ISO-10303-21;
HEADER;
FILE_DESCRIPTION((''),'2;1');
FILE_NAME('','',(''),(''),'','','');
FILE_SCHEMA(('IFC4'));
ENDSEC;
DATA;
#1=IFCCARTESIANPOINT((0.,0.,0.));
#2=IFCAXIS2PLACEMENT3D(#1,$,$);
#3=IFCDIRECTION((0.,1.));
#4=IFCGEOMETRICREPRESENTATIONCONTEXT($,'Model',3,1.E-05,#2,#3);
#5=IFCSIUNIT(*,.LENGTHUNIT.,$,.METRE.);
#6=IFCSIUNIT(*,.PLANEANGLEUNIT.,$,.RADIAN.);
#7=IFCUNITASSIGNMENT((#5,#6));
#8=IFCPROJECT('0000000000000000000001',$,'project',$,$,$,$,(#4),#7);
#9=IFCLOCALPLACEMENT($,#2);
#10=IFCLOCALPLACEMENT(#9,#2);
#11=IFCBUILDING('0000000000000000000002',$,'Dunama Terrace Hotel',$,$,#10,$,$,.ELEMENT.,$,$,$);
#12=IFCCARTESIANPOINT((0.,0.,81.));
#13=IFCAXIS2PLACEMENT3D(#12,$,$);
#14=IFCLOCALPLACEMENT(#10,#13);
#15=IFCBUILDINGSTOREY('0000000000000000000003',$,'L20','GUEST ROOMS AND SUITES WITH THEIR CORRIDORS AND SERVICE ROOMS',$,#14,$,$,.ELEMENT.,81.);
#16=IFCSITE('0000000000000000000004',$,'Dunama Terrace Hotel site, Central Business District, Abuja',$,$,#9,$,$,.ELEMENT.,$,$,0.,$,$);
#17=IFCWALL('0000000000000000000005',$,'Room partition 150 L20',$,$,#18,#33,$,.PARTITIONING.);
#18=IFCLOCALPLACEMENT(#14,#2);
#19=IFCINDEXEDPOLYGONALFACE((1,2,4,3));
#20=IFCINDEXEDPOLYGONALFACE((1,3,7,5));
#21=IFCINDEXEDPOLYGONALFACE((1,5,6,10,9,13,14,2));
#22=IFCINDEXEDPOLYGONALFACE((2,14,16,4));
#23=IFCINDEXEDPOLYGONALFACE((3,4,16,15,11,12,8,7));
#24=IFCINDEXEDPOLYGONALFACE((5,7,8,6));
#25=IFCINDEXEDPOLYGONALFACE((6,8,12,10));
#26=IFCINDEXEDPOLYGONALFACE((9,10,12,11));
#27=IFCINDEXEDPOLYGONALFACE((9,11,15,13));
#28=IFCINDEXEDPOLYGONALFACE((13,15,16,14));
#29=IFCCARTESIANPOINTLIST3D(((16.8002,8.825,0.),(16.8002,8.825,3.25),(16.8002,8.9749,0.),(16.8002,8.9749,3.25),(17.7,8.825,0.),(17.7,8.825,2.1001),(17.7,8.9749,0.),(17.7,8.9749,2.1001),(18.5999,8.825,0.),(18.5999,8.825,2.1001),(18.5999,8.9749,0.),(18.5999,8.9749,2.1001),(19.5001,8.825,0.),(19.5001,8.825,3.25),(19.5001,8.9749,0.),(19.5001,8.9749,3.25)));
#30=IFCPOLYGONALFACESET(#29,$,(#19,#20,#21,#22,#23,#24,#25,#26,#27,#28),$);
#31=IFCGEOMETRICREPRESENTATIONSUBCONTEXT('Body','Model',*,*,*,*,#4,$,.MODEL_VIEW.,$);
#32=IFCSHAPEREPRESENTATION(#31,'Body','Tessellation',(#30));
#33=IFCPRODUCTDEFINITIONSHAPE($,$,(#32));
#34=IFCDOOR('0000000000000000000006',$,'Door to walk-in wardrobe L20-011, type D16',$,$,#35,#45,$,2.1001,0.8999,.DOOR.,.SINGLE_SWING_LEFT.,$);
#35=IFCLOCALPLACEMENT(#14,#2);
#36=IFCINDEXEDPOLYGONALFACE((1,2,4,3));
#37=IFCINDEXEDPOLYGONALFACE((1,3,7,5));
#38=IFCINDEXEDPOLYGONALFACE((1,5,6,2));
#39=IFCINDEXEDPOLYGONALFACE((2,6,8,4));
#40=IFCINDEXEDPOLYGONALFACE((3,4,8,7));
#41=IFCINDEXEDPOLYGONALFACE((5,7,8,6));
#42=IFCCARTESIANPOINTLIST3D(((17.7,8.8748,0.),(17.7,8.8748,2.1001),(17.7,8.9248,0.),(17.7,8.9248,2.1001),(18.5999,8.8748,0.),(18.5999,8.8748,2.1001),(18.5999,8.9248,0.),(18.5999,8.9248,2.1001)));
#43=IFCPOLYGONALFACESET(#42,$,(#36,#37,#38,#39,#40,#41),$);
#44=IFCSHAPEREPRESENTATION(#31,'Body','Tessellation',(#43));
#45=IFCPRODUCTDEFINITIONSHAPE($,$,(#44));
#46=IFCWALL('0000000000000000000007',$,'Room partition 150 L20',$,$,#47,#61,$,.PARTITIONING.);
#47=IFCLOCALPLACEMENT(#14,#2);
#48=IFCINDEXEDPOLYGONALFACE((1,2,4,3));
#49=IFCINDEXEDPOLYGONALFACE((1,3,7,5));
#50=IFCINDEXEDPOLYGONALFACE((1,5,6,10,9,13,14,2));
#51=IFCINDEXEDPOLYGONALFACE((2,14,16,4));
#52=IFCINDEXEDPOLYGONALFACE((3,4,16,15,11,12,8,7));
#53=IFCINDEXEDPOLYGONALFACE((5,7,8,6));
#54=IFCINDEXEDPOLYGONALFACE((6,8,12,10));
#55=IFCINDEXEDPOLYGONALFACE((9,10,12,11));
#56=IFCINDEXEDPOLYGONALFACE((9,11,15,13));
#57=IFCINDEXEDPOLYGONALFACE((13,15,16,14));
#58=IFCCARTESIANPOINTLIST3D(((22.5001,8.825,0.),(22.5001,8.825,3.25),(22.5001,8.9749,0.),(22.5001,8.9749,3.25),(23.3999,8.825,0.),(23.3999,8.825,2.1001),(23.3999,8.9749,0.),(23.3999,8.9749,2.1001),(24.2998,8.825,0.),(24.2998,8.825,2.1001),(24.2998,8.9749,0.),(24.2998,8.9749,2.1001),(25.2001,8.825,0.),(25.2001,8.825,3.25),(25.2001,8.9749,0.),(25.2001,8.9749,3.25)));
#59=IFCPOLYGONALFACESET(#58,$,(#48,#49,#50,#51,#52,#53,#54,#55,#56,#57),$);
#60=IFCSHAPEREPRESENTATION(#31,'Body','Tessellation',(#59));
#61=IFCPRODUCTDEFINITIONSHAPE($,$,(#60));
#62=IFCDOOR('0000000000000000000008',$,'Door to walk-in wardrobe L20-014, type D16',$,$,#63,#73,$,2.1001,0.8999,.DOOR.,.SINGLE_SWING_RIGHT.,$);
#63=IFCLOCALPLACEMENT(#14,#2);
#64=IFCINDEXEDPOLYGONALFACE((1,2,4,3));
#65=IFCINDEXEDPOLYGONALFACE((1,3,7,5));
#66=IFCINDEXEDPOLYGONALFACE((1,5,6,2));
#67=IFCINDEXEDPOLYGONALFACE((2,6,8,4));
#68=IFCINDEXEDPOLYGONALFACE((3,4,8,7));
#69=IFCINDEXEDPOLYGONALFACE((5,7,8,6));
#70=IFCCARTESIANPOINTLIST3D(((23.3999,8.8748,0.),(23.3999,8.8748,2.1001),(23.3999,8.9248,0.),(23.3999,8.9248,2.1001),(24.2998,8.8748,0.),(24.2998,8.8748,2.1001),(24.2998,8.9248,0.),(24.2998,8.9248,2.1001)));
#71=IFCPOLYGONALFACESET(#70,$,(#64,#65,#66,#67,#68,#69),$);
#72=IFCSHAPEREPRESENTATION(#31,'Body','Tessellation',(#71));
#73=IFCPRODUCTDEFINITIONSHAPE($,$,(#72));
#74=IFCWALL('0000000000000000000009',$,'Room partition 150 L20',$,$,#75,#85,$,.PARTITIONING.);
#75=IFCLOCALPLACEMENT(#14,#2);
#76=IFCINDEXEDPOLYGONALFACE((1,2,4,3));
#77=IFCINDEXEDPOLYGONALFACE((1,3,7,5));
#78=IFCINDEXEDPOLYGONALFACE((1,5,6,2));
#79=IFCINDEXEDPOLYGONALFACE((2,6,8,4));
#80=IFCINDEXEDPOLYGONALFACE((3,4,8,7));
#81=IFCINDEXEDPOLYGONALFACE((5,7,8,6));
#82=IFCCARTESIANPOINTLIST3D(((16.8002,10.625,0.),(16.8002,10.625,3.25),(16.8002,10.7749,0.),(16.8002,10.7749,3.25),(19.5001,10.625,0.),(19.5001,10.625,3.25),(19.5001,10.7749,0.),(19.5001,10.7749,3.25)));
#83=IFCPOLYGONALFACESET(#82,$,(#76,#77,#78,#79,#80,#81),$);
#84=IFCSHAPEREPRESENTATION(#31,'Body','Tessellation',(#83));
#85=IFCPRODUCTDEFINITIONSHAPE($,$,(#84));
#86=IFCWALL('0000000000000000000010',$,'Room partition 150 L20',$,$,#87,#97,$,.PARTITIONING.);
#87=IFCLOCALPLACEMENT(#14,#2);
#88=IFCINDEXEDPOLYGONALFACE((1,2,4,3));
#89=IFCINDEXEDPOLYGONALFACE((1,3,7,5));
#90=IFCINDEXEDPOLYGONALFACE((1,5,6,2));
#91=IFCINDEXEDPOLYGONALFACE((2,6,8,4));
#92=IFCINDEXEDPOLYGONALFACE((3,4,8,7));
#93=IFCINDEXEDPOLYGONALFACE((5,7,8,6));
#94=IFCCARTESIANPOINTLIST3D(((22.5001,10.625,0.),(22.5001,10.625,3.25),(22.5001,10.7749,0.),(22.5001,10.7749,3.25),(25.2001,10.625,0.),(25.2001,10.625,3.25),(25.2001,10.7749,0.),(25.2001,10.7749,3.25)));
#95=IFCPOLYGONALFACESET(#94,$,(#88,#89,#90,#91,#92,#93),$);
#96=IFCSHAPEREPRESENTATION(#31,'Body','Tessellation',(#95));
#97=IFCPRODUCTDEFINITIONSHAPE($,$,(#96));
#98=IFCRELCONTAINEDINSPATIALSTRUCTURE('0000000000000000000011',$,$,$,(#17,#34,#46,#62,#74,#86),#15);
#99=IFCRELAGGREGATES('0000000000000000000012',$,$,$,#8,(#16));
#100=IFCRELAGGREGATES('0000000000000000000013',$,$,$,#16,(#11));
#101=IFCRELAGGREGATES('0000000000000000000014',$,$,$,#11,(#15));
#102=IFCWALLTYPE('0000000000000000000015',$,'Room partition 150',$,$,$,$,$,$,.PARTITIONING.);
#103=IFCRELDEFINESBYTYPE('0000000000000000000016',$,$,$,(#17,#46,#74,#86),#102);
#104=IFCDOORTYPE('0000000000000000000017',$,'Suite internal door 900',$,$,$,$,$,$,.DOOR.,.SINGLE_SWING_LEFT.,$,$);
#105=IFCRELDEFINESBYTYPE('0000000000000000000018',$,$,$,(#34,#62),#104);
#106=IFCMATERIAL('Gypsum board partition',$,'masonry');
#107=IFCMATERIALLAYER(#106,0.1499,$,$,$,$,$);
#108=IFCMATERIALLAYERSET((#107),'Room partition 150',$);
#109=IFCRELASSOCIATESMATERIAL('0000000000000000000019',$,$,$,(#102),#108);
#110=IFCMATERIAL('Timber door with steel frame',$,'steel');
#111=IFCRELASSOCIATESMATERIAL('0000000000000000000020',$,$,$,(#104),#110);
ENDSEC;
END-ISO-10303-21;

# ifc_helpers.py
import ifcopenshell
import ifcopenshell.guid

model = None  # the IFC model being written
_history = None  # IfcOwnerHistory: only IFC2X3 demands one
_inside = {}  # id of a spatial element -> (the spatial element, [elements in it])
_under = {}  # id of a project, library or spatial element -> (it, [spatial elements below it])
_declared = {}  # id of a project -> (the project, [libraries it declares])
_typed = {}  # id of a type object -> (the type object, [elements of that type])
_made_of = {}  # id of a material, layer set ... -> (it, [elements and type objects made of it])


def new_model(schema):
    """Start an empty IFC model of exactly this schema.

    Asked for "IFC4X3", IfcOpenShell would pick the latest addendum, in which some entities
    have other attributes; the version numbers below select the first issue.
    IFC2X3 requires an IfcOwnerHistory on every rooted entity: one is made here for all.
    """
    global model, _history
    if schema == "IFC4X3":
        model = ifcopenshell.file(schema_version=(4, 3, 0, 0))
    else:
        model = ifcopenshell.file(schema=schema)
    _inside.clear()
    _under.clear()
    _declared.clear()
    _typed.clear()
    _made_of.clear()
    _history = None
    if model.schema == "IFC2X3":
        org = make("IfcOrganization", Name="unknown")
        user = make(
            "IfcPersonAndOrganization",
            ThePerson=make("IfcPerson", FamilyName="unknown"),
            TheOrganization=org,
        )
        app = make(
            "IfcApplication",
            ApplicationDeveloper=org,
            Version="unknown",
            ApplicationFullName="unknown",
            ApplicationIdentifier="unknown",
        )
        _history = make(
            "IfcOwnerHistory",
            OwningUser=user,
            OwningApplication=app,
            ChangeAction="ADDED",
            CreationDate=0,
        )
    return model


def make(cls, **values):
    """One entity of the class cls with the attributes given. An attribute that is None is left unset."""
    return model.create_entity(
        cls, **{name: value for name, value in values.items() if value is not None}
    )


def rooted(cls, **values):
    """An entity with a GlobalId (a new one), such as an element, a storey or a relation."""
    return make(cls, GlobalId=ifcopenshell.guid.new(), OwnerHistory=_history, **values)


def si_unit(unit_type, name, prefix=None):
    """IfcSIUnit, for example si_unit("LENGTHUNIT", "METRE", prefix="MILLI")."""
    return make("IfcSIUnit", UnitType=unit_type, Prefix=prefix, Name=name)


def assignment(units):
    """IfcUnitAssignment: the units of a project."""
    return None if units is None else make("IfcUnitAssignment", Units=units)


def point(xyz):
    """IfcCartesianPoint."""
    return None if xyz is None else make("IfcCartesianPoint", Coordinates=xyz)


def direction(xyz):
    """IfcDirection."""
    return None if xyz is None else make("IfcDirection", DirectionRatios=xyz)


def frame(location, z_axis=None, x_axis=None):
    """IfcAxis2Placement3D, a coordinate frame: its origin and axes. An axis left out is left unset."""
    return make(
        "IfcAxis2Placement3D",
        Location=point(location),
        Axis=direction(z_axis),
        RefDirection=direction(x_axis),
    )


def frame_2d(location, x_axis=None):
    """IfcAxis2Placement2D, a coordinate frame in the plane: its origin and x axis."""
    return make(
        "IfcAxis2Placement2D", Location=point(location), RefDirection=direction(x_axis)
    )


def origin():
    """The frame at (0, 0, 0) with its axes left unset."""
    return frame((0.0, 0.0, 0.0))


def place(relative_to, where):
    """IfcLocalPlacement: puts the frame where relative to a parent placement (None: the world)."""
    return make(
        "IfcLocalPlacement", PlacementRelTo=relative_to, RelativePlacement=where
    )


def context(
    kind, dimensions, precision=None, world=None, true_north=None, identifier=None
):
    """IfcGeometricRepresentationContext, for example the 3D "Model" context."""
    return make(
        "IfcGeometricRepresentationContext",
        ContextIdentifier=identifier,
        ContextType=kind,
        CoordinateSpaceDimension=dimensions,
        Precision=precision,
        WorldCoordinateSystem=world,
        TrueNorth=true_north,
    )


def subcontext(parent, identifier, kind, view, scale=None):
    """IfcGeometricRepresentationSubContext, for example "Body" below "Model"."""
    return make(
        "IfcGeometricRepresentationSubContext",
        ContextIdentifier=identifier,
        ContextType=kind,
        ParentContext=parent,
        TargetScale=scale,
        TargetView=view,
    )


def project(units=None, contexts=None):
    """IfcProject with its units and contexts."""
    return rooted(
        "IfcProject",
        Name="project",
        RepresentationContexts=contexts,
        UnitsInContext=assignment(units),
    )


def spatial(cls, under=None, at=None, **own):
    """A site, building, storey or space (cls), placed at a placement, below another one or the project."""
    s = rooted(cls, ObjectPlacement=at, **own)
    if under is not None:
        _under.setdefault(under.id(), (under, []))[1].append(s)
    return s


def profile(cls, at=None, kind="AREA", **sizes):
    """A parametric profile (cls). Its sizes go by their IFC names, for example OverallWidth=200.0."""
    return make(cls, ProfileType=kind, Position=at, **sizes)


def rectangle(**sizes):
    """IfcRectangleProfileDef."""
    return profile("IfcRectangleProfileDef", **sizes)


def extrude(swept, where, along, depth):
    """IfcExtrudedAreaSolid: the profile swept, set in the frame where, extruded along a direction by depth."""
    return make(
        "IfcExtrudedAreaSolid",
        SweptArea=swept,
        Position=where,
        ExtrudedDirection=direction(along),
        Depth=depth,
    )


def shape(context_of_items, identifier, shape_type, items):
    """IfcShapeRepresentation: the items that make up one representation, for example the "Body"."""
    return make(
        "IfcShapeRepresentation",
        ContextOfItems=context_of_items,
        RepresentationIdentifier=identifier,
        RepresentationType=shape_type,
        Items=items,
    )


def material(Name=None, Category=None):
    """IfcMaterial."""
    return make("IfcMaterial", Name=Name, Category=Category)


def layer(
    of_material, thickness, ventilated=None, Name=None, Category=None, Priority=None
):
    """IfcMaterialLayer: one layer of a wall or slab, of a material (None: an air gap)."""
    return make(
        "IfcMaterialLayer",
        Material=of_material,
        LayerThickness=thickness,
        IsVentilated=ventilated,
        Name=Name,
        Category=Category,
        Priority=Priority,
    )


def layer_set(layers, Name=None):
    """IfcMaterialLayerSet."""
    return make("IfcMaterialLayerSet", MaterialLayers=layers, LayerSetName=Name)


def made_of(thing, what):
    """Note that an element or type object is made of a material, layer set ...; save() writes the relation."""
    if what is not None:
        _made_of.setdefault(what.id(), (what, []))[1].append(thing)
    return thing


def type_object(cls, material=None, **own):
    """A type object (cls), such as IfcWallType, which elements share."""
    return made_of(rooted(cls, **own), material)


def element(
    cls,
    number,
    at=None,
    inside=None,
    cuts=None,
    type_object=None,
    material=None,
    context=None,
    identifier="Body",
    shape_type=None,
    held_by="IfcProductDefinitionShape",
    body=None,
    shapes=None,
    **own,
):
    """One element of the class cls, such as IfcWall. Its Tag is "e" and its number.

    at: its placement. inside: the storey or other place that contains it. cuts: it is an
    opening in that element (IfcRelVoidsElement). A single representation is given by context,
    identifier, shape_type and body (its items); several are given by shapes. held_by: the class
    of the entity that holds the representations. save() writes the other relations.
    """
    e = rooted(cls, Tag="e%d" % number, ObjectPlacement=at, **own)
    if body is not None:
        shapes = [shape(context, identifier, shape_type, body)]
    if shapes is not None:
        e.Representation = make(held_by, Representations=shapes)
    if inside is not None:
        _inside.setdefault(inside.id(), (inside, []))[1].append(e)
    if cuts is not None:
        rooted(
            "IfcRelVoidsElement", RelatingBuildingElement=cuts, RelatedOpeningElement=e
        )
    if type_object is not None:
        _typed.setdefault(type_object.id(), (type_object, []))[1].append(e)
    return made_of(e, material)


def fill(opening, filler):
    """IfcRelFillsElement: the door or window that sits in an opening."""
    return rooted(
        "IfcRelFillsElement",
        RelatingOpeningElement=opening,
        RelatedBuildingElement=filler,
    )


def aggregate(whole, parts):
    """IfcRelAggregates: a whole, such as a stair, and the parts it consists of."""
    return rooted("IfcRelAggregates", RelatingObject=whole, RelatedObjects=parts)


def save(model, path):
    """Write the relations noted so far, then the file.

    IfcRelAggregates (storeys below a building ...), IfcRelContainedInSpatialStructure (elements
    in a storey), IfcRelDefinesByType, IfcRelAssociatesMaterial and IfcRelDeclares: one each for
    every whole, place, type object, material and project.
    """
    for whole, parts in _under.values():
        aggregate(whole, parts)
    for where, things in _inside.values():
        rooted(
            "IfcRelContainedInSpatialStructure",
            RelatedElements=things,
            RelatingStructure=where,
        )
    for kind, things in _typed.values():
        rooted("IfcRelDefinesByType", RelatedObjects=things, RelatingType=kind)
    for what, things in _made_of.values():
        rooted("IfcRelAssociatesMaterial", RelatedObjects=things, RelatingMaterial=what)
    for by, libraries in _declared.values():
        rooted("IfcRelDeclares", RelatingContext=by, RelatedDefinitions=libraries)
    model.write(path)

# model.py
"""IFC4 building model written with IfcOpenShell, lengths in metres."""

from ifc_helpers import new_model, si_unit, direction, frame, frame_2d, origin, place, context, subcontext, project, spatial, rectangle, extrude, material, layer, layer_set, type_object, element, fill, save


model = new_model("IFC4")

# Units and contexts
model_context = context("Model", 3, precision=1e-05, world=origin(), true_north=direction((0.0, 1.0)))
body_context = subcontext(model_context, "Body", "Model", "MODEL_VIEW")
ifc_project = project(units=[si_unit("LENGTHUNIT", "METRE"), si_unit("PLANEANGLEUNIT", "RADIAN")], contexts=[model_context])

# Site, building, storey
site_placement = place(None, origin())
site = spatial("IfcSite", under=ifc_project, at=site_placement, Name="Dunama Terrace Hotel site, Central Business District, Abuja", CompositionType="ELEMENT", RefElevation=0.0)
building_placement = place(site_placement, origin())
building = spatial("IfcBuilding", under=site, at=building_placement, Name="Dunama Terrace Hotel", CompositionType="ELEMENT")
storey_placement = place(building_placement, frame((0.0, 0.0, 81.0)))
storey = spatial("IfcBuildingStorey", under=building, at=storey_placement, Name="L20", Description="GUEST ROOMS AND SUITES WITH THEIR CORRIDORS AND SERVICE ROOMS", CompositionType="ELEMENT", Elevation=81.0)

# Shared definitions
ifc_material_1 = material(Name="Gypsum board partition", Category="masonry")
ifc_layer_1 = layer(ifc_material_1, 0.1499)
ifc_layer_set_1 = layer_set([ifc_layer_1], Name="Room partition 150")
wall_type_1 = type_object("IfcWallType", Name="Room partition 150", PredefinedType="PARTITIONING", material=ifc_layer_set_1)

# Walls, openings, doors
wall_1_placement = place(storey_placement, frame((16.8, 8.8999, 0.0), z_axis=(0.0, 0.0, 1.0), x_axis=(1.0, 0.0, 0.0)))
wall_1 = element("IfcWall", 1, at=wall_1_placement, inside=storey, type_object=wall_type_1, Name="Room partition 150 L20", PredefinedType="PARTITIONING", context=body_context, shape_type="SweptSolid", body=[
    extrude(rectangle(XDim=2.7, YDim=0.1499, at=frame_2d((1.3501, 0.0))), origin(), (0.0, 0.0, 1.0), 3.25),
])
opening_1_placement = place(wall_1_placement, frame((0.8999, 0.0, 0.0)))
opening_1 = element("IfcOpeningElement", 2, at=opening_1_placement, cuts=wall_1, PredefinedType="OPENING", context=body_context, shape_type="SweptSolid", body=[
    extrude(rectangle(XDim=0.8999, YDim=2.1001, at=frame_2d((0.45, 1.05))), frame((0.0, 0.085, 0.0), z_axis=(0.0, -1.0, 0.0), x_axis=(1.0, 0.0, 0.0)), (0.0, 0.0, 1.0), 0.1699),
])
ifc_material_2 = material(Name="Timber door with steel frame", Category="steel")
door_type_1 = type_object("IfcDoorType", Name="Suite internal door 900", OperationType="SINGLE_SWING_LEFT", PredefinedType="DOOR", material=ifc_material_2)
door_1_placement = place(opening_1_placement, origin())
door_1 = element("IfcDoor", 3, at=door_1_placement, inside=storey, type_object=door_type_1, Name="Door to walk-in wardrobe L20-011, type D16", OperationType="SINGLE_SWING_LEFT", OverallHeight=2.1001, OverallWidth=0.8999, PredefinedType="DOOR", context=body_context, shape_type="SweptSolid", body=[
    extrude(rectangle(XDim=0.8999, YDim=2.1001, at=frame_2d((0.45, 1.05))), frame((0.0, 0.0249, 0.0), z_axis=(0.0, -1.0, 0.0), x_axis=(1.0, 0.0, 0.0)), (0.0, 0.0, 1.0), 0.05),
])
fill(opening_1, door_1)
wall_2_placement = place(storey_placement, frame((22.5, 8.8999, 0.0), z_axis=(0.0, 0.0, 1.0), x_axis=(1.0, 0.0, 0.0)))
wall_2 = element("IfcWall", 4, at=wall_2_placement, inside=storey, type_object=wall_type_1, Name="Room partition 150 L20", PredefinedType="PARTITIONING", context=body_context, shape_type="SweptSolid", body=[
    extrude(rectangle(XDim=2.7, YDim=0.1499, at=frame_2d((1.3501, 0.0))), origin(), (0.0, 0.0, 1.0), 3.25),
])
opening_2_placement = place(wall_2_placement, frame((0.8999, 0.0, 0.0)))
opening_2 = element("IfcOpeningElement", 5, at=opening_2_placement, cuts=wall_2, PredefinedType="OPENING", context=body_context, shape_type="SweptSolid", body=[
    extrude(rectangle(XDim=0.8999, YDim=2.1001, at=frame_2d((0.45, 1.05))), frame((0.0, 0.085, 0.0), z_axis=(0.0, -1.0, 0.0), x_axis=(1.0, 0.0, 0.0)), (0.0, 0.0, 1.0), 0.1699),
])
door_2_placement = place(opening_2_placement, origin())
door_2 = element("IfcDoor", 6, at=door_2_placement, inside=storey, type_object=door_type_1, Name="Door to walk-in wardrobe L20-014, type D16", OperationType="SINGLE_SWING_RIGHT", OverallHeight=2.1001, OverallWidth=0.8999, PredefinedType="DOOR", context=body_context, shape_type="SweptSolid", body=[
    extrude(rectangle(XDim=0.8999, YDim=2.1001, at=frame_2d((0.45, 1.05))), frame((0.0, 0.0249, 0.0), z_axis=(0.0, -1.0, 0.0), x_axis=(1.0, 0.0, 0.0)), (0.0, 0.0, 1.0), 0.05),
])
fill(opening_2, door_2)

# Walls
for number, where, z_axis, x_axis, name in (
    (7, (16.8, 10.7, 0.0), (0.0, 0.0, 1.0), (1.0, 0.0, 0.0), "Room partition 150 L20"),
    (8, (22.5, 10.7, 0.0), (0.0, 0.0, 1.0), (1.0, 0.0, 0.0), "Room partition 150 L20"),
):
    element("IfcWall", number, at=place(storey_placement, frame(where, z_axis=z_axis, x_axis=x_axis)), inside=storey, type_object=wall_type_1, Name=name, PredefinedType="PARTITIONING", context=body_context, shape_type="SweptSolid", body=[
        extrude(rectangle(XDim=2.7, YDim=0.1499, at=frame_2d((1.3501, 0.0))), origin(), (0.0, 0.0, 1.0), 3.25),
    ])

save(model, "model.ifc")
